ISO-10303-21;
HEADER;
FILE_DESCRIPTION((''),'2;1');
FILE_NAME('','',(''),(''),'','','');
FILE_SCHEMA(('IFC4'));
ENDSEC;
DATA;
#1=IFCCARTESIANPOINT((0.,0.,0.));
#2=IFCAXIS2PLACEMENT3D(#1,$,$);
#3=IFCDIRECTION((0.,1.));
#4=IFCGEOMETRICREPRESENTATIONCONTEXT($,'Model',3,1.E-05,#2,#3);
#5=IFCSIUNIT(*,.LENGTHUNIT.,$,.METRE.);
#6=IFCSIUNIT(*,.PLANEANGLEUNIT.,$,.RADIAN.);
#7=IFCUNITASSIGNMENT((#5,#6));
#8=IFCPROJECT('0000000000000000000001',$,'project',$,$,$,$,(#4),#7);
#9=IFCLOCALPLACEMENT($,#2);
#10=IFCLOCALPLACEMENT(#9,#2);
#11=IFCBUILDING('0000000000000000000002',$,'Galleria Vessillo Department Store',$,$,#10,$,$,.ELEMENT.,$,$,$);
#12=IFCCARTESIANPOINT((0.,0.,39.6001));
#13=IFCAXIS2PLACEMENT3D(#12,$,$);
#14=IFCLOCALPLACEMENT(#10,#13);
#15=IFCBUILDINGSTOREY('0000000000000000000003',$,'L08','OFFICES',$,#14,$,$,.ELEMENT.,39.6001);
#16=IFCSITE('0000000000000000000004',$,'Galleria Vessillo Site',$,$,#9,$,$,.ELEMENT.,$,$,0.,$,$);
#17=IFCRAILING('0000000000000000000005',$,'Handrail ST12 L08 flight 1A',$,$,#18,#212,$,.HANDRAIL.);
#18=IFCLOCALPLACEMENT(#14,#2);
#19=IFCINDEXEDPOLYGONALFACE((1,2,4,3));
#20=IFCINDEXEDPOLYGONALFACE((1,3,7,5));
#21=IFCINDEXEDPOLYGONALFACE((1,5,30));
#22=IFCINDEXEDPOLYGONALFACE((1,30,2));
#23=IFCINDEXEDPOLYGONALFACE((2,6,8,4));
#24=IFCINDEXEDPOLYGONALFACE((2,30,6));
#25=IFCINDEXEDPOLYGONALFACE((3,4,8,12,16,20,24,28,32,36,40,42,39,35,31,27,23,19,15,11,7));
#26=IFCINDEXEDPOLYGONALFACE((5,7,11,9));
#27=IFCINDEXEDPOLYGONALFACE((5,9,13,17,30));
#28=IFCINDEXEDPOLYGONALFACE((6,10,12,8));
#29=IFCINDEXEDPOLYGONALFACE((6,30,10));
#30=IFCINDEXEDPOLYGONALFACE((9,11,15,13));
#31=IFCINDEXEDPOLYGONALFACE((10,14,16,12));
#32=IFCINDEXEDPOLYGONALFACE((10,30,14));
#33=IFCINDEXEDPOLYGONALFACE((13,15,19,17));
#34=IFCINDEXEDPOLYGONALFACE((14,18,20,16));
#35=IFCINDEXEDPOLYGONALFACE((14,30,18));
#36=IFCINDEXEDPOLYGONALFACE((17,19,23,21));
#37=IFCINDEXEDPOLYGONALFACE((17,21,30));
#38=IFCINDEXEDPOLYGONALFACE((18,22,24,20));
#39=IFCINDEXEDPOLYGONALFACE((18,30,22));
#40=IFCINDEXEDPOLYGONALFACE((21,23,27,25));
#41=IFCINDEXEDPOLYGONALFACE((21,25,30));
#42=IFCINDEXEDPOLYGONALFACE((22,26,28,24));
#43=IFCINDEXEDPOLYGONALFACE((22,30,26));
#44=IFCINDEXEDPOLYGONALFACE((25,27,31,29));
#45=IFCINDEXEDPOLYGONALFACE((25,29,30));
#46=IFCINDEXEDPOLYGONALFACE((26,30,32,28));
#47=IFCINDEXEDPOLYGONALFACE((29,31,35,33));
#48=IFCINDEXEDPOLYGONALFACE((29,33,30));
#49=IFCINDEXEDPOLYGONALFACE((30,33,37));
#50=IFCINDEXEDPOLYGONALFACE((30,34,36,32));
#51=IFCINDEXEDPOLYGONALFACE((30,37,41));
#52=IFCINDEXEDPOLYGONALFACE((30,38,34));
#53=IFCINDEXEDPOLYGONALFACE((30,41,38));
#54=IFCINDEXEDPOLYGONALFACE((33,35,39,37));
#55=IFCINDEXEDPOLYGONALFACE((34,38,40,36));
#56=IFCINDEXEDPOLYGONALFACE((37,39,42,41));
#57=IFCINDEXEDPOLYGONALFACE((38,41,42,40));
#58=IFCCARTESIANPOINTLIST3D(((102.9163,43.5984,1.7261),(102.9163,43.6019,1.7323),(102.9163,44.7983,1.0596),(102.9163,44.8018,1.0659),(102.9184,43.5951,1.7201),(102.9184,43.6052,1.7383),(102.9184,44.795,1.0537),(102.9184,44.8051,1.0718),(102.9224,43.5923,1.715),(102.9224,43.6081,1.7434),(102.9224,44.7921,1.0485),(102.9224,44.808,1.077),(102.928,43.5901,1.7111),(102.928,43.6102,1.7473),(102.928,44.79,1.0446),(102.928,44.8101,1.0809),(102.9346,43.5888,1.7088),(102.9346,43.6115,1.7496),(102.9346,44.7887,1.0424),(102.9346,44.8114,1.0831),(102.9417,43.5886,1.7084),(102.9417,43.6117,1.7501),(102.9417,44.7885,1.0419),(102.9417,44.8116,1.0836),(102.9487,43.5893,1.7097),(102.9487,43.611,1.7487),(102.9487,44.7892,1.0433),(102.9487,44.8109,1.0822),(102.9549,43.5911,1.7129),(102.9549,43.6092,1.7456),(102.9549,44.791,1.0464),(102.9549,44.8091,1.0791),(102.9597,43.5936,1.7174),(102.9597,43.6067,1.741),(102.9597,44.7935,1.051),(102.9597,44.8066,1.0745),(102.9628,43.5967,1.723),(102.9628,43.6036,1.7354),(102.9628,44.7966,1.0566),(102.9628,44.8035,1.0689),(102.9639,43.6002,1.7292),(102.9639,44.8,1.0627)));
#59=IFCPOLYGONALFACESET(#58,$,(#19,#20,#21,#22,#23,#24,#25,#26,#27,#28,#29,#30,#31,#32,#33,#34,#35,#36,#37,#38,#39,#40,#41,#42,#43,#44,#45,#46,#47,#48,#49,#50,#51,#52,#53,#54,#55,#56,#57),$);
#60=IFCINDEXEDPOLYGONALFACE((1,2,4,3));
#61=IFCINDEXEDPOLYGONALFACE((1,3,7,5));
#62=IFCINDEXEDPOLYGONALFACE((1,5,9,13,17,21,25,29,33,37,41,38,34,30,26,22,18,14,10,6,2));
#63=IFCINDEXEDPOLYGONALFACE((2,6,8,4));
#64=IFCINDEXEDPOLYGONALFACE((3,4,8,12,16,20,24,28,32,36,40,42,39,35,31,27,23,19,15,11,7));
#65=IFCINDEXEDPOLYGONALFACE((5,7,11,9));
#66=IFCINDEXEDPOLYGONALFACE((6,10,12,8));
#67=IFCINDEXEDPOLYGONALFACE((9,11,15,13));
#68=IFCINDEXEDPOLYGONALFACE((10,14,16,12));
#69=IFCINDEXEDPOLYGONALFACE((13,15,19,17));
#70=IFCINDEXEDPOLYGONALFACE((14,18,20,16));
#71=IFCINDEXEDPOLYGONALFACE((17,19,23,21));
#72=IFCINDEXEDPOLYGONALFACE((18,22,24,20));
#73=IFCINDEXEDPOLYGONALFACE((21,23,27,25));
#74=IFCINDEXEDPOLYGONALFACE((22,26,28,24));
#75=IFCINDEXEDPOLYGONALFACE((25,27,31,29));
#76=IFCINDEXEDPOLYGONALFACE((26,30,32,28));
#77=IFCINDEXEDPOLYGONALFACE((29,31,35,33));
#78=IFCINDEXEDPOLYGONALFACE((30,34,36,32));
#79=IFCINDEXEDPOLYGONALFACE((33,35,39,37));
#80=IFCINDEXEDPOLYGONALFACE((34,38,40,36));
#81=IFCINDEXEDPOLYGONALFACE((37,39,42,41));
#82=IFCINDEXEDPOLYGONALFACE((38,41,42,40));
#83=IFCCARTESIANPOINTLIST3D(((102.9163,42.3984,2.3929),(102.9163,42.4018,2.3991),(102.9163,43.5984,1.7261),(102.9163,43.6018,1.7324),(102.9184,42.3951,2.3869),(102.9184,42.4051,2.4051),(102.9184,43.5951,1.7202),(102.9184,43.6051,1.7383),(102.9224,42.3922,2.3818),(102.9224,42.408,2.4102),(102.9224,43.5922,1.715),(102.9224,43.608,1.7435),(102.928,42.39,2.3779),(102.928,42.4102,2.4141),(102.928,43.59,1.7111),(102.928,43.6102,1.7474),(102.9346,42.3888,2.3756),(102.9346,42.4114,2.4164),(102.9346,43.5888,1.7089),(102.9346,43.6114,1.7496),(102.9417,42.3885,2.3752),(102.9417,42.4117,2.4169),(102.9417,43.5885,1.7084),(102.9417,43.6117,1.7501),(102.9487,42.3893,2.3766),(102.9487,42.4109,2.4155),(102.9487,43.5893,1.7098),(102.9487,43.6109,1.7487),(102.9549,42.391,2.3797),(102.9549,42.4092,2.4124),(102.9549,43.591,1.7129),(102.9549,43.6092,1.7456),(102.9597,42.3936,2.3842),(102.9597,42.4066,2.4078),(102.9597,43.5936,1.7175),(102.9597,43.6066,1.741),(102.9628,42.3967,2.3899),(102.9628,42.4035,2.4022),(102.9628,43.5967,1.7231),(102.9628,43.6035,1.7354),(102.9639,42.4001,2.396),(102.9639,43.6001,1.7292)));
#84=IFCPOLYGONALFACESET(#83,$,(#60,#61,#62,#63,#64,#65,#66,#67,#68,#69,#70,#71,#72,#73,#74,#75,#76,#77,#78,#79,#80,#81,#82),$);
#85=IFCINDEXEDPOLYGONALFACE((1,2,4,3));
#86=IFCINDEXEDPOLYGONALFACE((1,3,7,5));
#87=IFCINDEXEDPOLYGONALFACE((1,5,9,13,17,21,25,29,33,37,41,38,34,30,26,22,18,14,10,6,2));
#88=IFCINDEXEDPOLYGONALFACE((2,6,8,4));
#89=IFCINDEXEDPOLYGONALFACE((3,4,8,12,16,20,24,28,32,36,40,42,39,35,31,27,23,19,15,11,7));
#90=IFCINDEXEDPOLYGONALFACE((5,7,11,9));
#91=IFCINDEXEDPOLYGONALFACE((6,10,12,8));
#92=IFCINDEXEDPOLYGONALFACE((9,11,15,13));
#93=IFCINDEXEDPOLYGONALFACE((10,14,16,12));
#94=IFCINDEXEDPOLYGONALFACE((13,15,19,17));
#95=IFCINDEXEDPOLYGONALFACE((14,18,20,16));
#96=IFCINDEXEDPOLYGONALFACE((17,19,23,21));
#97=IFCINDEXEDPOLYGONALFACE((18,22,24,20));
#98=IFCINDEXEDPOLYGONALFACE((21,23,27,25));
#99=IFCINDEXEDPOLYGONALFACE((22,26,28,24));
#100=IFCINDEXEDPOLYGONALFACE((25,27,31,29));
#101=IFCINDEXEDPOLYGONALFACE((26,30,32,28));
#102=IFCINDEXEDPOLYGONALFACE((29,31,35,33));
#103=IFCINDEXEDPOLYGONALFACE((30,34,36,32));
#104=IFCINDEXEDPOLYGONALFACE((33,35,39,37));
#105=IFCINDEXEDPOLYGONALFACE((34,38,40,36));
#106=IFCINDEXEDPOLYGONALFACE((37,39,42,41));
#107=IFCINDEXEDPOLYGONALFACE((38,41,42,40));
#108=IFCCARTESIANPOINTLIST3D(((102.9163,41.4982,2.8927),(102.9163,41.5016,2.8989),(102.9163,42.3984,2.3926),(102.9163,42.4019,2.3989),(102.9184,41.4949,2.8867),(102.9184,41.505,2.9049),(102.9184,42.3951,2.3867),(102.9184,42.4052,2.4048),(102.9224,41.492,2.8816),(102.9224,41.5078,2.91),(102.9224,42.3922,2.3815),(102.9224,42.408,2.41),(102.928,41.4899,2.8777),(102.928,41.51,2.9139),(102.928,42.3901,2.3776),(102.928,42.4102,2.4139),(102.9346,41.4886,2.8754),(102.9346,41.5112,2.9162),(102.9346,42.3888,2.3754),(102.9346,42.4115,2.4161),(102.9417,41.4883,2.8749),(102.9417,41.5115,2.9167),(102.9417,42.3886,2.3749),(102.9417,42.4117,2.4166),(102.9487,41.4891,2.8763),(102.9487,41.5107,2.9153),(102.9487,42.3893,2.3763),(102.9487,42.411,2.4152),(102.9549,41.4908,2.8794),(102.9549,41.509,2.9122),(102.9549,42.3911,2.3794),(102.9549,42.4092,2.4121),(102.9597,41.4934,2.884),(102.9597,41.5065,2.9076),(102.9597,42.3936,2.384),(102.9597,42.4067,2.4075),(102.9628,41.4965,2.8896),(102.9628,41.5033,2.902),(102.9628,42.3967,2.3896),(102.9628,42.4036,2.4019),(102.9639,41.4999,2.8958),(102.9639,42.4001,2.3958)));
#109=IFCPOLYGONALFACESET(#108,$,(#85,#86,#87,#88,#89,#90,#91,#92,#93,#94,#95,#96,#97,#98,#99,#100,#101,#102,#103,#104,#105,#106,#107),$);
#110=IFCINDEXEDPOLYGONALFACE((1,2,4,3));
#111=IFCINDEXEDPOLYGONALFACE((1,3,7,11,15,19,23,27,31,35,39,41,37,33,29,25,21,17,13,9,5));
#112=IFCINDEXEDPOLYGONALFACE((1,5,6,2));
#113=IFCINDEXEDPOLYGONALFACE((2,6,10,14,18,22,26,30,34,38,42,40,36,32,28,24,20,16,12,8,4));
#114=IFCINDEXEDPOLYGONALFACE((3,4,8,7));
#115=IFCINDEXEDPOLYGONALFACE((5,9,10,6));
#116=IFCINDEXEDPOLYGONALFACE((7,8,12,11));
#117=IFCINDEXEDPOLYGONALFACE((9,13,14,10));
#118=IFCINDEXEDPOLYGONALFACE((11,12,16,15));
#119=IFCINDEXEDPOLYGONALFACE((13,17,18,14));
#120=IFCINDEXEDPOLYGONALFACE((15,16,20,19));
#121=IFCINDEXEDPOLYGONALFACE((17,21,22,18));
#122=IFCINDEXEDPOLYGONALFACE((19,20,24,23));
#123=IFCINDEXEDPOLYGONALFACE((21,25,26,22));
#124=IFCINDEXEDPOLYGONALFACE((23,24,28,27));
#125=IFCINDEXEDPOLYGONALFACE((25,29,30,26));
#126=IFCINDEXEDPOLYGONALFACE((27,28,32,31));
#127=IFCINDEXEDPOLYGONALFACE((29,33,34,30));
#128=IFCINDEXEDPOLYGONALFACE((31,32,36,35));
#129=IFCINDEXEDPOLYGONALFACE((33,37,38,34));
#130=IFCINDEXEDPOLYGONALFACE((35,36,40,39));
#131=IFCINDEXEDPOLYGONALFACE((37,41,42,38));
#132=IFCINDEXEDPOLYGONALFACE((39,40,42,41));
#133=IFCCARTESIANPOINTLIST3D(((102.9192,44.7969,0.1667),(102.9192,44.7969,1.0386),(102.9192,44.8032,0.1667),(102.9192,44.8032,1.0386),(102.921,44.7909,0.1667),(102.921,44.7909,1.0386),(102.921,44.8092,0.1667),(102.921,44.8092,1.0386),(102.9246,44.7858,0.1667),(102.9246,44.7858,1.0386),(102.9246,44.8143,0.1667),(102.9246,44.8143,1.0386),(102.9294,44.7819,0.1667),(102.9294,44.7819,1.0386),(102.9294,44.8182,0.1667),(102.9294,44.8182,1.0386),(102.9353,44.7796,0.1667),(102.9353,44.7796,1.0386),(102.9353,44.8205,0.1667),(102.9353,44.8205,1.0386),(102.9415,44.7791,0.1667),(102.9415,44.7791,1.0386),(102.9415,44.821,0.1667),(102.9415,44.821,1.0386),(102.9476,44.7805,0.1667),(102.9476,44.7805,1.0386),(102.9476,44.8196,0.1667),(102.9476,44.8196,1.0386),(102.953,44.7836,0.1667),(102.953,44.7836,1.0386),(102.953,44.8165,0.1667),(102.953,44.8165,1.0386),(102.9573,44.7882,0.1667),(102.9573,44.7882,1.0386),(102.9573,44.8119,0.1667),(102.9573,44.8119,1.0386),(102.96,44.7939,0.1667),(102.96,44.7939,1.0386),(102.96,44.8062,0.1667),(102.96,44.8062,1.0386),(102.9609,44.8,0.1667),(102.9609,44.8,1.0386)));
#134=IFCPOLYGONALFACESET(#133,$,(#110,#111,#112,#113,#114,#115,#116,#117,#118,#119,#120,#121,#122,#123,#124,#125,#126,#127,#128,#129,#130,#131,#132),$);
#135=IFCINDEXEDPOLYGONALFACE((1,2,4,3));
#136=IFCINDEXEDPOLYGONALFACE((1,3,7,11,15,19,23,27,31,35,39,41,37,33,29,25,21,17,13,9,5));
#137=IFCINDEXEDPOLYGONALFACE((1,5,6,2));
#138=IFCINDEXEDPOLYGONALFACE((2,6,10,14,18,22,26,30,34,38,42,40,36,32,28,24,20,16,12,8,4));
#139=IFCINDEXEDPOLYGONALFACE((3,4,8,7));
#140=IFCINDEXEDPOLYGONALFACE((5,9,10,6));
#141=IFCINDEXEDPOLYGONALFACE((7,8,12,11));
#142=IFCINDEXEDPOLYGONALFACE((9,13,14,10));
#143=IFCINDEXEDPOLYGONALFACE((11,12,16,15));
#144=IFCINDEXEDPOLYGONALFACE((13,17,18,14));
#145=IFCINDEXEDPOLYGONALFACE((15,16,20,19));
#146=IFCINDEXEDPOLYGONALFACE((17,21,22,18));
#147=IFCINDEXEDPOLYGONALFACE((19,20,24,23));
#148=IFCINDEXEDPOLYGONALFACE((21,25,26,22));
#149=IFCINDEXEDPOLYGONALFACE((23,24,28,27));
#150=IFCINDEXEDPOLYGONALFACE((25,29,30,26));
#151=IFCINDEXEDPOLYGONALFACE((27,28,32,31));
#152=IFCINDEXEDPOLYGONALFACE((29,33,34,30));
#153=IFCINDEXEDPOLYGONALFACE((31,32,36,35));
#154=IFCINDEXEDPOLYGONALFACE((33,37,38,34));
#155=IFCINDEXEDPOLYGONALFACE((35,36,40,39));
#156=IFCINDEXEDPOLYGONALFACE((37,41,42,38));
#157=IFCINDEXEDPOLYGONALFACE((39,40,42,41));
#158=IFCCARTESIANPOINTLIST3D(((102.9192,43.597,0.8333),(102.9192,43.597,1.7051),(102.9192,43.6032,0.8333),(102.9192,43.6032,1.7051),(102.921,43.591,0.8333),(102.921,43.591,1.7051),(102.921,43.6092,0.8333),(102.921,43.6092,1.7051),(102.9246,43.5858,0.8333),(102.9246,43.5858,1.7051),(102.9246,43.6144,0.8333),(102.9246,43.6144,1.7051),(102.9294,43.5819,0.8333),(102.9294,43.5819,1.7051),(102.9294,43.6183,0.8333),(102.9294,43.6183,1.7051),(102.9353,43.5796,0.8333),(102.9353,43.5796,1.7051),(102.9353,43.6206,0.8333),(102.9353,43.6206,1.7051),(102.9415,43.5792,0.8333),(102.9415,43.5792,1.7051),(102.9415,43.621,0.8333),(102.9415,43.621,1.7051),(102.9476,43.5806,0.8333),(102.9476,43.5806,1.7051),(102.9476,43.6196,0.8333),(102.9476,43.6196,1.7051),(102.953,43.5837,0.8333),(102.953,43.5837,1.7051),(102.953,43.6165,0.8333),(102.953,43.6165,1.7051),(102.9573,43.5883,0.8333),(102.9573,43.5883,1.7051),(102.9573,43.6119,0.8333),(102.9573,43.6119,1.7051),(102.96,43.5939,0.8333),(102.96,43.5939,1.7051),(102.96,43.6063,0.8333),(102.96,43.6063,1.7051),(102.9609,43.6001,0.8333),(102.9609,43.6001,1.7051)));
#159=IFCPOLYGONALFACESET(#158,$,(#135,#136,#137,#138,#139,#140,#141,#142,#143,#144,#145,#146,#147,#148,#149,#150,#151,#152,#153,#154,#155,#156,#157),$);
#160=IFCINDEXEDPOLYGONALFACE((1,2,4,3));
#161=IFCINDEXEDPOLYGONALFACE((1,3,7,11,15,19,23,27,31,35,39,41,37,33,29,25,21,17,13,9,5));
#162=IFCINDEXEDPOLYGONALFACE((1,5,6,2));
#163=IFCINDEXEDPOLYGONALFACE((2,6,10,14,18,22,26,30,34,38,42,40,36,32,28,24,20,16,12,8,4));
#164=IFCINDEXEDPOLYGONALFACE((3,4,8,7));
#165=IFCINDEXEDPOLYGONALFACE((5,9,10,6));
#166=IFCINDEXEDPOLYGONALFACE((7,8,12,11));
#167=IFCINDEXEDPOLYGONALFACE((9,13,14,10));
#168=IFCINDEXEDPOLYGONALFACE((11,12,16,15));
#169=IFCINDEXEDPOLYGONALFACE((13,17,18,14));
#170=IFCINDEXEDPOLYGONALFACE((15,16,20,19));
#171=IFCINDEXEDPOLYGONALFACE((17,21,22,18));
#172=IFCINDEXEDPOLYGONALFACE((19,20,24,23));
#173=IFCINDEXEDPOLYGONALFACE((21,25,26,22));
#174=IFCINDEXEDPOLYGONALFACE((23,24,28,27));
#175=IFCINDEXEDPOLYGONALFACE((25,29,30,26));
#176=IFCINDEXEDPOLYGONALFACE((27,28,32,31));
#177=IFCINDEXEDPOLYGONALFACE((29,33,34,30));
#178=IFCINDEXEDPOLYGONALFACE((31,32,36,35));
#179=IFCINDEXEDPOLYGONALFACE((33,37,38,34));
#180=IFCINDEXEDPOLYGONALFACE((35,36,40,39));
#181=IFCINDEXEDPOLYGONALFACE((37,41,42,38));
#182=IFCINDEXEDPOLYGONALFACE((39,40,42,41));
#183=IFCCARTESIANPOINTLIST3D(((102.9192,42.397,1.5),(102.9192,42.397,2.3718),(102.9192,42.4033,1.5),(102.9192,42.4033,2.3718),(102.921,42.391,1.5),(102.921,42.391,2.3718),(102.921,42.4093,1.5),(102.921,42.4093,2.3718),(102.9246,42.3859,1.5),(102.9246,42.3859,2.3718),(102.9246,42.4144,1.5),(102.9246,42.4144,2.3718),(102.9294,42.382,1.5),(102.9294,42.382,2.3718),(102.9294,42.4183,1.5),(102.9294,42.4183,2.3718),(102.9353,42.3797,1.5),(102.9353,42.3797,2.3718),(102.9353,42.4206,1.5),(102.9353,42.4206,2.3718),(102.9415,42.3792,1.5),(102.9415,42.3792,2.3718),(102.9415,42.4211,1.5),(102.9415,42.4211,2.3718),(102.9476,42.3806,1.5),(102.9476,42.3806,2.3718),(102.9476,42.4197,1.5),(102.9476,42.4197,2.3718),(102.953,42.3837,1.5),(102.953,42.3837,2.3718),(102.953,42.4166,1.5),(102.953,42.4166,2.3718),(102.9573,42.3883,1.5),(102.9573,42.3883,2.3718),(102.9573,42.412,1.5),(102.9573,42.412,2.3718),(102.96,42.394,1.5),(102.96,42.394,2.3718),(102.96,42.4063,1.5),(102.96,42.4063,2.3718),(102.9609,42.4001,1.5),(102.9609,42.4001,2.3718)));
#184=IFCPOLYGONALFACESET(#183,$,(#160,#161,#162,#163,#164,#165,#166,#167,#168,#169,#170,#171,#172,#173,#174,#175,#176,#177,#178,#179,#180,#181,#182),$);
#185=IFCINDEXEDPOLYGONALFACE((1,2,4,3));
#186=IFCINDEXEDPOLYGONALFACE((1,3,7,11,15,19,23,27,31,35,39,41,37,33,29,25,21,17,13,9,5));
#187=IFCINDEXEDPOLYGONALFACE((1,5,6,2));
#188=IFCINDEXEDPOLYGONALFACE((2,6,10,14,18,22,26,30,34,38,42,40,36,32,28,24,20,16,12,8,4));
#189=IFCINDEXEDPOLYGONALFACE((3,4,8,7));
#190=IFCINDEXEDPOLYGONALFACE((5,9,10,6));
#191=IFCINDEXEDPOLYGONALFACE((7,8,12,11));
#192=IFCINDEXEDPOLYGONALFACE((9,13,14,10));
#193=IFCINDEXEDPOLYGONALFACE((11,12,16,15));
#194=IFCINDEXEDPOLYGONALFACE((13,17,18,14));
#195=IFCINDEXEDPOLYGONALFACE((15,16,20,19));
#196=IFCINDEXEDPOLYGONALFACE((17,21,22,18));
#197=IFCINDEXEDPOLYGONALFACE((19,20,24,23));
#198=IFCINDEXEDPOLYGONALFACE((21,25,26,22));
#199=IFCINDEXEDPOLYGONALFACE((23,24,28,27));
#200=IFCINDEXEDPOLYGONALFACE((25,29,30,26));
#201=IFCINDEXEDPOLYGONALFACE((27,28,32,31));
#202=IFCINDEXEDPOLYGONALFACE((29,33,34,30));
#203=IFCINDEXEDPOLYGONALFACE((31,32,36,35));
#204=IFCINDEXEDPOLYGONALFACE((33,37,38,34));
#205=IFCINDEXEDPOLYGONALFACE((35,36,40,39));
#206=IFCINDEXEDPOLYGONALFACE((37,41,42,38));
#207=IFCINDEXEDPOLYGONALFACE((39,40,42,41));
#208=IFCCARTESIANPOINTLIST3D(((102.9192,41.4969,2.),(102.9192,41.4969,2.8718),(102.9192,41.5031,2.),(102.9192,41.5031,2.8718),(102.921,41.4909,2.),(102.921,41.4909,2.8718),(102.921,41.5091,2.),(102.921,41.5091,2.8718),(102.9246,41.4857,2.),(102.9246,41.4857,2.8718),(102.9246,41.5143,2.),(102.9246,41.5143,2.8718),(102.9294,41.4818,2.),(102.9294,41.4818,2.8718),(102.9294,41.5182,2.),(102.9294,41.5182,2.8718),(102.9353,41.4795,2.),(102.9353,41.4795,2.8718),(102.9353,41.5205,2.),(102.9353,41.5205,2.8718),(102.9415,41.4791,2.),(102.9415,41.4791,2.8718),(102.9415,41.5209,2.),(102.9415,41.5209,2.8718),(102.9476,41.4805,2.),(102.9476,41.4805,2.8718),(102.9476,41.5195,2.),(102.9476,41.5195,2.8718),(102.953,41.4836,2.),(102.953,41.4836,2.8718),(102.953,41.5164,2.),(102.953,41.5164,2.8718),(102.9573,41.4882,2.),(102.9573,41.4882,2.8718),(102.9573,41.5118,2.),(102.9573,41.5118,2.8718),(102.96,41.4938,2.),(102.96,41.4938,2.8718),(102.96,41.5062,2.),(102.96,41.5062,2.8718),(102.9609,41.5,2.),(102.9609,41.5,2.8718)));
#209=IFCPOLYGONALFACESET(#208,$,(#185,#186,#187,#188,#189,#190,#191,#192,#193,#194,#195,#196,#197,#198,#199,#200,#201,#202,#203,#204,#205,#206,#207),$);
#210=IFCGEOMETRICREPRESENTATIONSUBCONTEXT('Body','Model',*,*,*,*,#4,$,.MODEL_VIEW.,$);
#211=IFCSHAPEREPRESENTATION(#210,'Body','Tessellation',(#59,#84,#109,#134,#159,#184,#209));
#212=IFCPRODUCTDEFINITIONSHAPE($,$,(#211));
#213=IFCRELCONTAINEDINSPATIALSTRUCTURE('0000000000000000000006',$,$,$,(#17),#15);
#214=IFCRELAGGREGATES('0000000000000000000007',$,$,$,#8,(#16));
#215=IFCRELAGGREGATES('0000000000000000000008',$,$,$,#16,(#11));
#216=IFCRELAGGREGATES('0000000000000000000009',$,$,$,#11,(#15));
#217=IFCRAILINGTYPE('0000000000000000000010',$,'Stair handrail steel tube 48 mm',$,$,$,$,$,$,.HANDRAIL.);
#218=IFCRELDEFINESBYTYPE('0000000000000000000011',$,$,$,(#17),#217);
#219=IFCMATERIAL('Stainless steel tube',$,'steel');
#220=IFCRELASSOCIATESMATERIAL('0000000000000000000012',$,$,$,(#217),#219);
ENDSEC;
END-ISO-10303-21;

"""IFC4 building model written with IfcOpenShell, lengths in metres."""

from ifc_helpers import new_model, si_unit, direction, frame, origin, origin_2d, place, context, subcontext, project, spatial, circle, extrude, material, type_object, element, save


model = new_model("IFC4")

# Units and contexts
model_context = context("Model", 3, precision=1e-05, world=origin(), true_north=direction((0.0, 1.0)))
body_context = subcontext(model_context, "Body", "Model", "MODEL_VIEW")
ifc_project = project(units=[si_unit("LENGTHUNIT", "METRE"), si_unit("PLANEANGLEUNIT", "RADIAN")], contexts=[model_context])

# Site, building, storey
site_placement = place(None, origin())
site = spatial("IfcSite", under=ifc_project, at=site_placement, Name="Galleria Vessillo Site", CompositionType="ELEMENT", RefElevation=0.0)
building_placement = place(site_placement, origin())
building = spatial("IfcBuilding", under=site, at=building_placement, Name="Galleria Vessillo Department Store", CompositionType="ELEMENT")
storey_placement = place(building_placement, frame((0.0, 0.0, 39.6001)))
storey = spatial("IfcBuildingStorey", under=building, at=storey_placement, Name="L08", Description="OFFICES", CompositionType="ELEMENT", Elevation=39.6001)

# Railing
ifc_material_1 = material(Name="Stainless steel tube", Category="steel")
railing_type = type_object("IfcRailingType", Name="Stair handrail steel tube 48 mm", PredefinedType="HANDRAIL", material=ifc_material_1)
for number, where, name in (
    (1, (102.9399, 44.8, 0.1667), "Handrail ST12 L08 flight 1A"),
):
    element("IfcRailing", number, at=place(storey_placement, frame(where)), inside=storey, type_object=railing_type, Name=name, PredefinedType="HANDRAIL", context=body_context, shape_type="SweptSolid", body=[
        extrude(circle(Radius=0.0239, at=origin_2d()), frame((0.0, 0.0, 0.896), z_axis=(0.0, -0.874199, 0.485567), x_axis=(1.0, 0.0, 0.0)), (0.0, 0.0, 1.0), 1.3726),
        extrude(circle(Radius=0.0239, at=origin_2d()), frame((0.0, -1.2, 1.5625), z_axis=(0.0, -0.874124, 0.485703), x_axis=(1.0, 0.0, 0.0)), (0.0, 0.0, 1.0), 1.3728),
        extrude(circle(Radius=0.0239, at=origin_2d()), frame((0.0, -2.3999, 2.229), z_axis=(0.0, -0.874191, 0.485583), x_axis=(1.0, 0.0, 0.0)), (0.0, 0.0, 1.0), 1.0298),
        extrude(circle(Radius=0.021, at=origin_2d()), origin(), (0.0, 0.0, 1.0), 0.8718),
        extrude(circle(Radius=0.021, at=origin_2d()), frame((0.0, -1.2, 0.6665)), (0.0, 0.0, 1.0), 0.8718),
        extrude(circle(Radius=0.021, at=origin_2d()), frame((0.0, -2.3999, 1.3333)), (0.0, 0.0, 1.0), 0.8718),
        extrude(circle(Radius=0.021, at=origin_2d()), frame((0.0, -3.3, 1.8333)), (0.0, 0.0, 1.0), 0.8718),
    ])

save(model, "model.ifc")
